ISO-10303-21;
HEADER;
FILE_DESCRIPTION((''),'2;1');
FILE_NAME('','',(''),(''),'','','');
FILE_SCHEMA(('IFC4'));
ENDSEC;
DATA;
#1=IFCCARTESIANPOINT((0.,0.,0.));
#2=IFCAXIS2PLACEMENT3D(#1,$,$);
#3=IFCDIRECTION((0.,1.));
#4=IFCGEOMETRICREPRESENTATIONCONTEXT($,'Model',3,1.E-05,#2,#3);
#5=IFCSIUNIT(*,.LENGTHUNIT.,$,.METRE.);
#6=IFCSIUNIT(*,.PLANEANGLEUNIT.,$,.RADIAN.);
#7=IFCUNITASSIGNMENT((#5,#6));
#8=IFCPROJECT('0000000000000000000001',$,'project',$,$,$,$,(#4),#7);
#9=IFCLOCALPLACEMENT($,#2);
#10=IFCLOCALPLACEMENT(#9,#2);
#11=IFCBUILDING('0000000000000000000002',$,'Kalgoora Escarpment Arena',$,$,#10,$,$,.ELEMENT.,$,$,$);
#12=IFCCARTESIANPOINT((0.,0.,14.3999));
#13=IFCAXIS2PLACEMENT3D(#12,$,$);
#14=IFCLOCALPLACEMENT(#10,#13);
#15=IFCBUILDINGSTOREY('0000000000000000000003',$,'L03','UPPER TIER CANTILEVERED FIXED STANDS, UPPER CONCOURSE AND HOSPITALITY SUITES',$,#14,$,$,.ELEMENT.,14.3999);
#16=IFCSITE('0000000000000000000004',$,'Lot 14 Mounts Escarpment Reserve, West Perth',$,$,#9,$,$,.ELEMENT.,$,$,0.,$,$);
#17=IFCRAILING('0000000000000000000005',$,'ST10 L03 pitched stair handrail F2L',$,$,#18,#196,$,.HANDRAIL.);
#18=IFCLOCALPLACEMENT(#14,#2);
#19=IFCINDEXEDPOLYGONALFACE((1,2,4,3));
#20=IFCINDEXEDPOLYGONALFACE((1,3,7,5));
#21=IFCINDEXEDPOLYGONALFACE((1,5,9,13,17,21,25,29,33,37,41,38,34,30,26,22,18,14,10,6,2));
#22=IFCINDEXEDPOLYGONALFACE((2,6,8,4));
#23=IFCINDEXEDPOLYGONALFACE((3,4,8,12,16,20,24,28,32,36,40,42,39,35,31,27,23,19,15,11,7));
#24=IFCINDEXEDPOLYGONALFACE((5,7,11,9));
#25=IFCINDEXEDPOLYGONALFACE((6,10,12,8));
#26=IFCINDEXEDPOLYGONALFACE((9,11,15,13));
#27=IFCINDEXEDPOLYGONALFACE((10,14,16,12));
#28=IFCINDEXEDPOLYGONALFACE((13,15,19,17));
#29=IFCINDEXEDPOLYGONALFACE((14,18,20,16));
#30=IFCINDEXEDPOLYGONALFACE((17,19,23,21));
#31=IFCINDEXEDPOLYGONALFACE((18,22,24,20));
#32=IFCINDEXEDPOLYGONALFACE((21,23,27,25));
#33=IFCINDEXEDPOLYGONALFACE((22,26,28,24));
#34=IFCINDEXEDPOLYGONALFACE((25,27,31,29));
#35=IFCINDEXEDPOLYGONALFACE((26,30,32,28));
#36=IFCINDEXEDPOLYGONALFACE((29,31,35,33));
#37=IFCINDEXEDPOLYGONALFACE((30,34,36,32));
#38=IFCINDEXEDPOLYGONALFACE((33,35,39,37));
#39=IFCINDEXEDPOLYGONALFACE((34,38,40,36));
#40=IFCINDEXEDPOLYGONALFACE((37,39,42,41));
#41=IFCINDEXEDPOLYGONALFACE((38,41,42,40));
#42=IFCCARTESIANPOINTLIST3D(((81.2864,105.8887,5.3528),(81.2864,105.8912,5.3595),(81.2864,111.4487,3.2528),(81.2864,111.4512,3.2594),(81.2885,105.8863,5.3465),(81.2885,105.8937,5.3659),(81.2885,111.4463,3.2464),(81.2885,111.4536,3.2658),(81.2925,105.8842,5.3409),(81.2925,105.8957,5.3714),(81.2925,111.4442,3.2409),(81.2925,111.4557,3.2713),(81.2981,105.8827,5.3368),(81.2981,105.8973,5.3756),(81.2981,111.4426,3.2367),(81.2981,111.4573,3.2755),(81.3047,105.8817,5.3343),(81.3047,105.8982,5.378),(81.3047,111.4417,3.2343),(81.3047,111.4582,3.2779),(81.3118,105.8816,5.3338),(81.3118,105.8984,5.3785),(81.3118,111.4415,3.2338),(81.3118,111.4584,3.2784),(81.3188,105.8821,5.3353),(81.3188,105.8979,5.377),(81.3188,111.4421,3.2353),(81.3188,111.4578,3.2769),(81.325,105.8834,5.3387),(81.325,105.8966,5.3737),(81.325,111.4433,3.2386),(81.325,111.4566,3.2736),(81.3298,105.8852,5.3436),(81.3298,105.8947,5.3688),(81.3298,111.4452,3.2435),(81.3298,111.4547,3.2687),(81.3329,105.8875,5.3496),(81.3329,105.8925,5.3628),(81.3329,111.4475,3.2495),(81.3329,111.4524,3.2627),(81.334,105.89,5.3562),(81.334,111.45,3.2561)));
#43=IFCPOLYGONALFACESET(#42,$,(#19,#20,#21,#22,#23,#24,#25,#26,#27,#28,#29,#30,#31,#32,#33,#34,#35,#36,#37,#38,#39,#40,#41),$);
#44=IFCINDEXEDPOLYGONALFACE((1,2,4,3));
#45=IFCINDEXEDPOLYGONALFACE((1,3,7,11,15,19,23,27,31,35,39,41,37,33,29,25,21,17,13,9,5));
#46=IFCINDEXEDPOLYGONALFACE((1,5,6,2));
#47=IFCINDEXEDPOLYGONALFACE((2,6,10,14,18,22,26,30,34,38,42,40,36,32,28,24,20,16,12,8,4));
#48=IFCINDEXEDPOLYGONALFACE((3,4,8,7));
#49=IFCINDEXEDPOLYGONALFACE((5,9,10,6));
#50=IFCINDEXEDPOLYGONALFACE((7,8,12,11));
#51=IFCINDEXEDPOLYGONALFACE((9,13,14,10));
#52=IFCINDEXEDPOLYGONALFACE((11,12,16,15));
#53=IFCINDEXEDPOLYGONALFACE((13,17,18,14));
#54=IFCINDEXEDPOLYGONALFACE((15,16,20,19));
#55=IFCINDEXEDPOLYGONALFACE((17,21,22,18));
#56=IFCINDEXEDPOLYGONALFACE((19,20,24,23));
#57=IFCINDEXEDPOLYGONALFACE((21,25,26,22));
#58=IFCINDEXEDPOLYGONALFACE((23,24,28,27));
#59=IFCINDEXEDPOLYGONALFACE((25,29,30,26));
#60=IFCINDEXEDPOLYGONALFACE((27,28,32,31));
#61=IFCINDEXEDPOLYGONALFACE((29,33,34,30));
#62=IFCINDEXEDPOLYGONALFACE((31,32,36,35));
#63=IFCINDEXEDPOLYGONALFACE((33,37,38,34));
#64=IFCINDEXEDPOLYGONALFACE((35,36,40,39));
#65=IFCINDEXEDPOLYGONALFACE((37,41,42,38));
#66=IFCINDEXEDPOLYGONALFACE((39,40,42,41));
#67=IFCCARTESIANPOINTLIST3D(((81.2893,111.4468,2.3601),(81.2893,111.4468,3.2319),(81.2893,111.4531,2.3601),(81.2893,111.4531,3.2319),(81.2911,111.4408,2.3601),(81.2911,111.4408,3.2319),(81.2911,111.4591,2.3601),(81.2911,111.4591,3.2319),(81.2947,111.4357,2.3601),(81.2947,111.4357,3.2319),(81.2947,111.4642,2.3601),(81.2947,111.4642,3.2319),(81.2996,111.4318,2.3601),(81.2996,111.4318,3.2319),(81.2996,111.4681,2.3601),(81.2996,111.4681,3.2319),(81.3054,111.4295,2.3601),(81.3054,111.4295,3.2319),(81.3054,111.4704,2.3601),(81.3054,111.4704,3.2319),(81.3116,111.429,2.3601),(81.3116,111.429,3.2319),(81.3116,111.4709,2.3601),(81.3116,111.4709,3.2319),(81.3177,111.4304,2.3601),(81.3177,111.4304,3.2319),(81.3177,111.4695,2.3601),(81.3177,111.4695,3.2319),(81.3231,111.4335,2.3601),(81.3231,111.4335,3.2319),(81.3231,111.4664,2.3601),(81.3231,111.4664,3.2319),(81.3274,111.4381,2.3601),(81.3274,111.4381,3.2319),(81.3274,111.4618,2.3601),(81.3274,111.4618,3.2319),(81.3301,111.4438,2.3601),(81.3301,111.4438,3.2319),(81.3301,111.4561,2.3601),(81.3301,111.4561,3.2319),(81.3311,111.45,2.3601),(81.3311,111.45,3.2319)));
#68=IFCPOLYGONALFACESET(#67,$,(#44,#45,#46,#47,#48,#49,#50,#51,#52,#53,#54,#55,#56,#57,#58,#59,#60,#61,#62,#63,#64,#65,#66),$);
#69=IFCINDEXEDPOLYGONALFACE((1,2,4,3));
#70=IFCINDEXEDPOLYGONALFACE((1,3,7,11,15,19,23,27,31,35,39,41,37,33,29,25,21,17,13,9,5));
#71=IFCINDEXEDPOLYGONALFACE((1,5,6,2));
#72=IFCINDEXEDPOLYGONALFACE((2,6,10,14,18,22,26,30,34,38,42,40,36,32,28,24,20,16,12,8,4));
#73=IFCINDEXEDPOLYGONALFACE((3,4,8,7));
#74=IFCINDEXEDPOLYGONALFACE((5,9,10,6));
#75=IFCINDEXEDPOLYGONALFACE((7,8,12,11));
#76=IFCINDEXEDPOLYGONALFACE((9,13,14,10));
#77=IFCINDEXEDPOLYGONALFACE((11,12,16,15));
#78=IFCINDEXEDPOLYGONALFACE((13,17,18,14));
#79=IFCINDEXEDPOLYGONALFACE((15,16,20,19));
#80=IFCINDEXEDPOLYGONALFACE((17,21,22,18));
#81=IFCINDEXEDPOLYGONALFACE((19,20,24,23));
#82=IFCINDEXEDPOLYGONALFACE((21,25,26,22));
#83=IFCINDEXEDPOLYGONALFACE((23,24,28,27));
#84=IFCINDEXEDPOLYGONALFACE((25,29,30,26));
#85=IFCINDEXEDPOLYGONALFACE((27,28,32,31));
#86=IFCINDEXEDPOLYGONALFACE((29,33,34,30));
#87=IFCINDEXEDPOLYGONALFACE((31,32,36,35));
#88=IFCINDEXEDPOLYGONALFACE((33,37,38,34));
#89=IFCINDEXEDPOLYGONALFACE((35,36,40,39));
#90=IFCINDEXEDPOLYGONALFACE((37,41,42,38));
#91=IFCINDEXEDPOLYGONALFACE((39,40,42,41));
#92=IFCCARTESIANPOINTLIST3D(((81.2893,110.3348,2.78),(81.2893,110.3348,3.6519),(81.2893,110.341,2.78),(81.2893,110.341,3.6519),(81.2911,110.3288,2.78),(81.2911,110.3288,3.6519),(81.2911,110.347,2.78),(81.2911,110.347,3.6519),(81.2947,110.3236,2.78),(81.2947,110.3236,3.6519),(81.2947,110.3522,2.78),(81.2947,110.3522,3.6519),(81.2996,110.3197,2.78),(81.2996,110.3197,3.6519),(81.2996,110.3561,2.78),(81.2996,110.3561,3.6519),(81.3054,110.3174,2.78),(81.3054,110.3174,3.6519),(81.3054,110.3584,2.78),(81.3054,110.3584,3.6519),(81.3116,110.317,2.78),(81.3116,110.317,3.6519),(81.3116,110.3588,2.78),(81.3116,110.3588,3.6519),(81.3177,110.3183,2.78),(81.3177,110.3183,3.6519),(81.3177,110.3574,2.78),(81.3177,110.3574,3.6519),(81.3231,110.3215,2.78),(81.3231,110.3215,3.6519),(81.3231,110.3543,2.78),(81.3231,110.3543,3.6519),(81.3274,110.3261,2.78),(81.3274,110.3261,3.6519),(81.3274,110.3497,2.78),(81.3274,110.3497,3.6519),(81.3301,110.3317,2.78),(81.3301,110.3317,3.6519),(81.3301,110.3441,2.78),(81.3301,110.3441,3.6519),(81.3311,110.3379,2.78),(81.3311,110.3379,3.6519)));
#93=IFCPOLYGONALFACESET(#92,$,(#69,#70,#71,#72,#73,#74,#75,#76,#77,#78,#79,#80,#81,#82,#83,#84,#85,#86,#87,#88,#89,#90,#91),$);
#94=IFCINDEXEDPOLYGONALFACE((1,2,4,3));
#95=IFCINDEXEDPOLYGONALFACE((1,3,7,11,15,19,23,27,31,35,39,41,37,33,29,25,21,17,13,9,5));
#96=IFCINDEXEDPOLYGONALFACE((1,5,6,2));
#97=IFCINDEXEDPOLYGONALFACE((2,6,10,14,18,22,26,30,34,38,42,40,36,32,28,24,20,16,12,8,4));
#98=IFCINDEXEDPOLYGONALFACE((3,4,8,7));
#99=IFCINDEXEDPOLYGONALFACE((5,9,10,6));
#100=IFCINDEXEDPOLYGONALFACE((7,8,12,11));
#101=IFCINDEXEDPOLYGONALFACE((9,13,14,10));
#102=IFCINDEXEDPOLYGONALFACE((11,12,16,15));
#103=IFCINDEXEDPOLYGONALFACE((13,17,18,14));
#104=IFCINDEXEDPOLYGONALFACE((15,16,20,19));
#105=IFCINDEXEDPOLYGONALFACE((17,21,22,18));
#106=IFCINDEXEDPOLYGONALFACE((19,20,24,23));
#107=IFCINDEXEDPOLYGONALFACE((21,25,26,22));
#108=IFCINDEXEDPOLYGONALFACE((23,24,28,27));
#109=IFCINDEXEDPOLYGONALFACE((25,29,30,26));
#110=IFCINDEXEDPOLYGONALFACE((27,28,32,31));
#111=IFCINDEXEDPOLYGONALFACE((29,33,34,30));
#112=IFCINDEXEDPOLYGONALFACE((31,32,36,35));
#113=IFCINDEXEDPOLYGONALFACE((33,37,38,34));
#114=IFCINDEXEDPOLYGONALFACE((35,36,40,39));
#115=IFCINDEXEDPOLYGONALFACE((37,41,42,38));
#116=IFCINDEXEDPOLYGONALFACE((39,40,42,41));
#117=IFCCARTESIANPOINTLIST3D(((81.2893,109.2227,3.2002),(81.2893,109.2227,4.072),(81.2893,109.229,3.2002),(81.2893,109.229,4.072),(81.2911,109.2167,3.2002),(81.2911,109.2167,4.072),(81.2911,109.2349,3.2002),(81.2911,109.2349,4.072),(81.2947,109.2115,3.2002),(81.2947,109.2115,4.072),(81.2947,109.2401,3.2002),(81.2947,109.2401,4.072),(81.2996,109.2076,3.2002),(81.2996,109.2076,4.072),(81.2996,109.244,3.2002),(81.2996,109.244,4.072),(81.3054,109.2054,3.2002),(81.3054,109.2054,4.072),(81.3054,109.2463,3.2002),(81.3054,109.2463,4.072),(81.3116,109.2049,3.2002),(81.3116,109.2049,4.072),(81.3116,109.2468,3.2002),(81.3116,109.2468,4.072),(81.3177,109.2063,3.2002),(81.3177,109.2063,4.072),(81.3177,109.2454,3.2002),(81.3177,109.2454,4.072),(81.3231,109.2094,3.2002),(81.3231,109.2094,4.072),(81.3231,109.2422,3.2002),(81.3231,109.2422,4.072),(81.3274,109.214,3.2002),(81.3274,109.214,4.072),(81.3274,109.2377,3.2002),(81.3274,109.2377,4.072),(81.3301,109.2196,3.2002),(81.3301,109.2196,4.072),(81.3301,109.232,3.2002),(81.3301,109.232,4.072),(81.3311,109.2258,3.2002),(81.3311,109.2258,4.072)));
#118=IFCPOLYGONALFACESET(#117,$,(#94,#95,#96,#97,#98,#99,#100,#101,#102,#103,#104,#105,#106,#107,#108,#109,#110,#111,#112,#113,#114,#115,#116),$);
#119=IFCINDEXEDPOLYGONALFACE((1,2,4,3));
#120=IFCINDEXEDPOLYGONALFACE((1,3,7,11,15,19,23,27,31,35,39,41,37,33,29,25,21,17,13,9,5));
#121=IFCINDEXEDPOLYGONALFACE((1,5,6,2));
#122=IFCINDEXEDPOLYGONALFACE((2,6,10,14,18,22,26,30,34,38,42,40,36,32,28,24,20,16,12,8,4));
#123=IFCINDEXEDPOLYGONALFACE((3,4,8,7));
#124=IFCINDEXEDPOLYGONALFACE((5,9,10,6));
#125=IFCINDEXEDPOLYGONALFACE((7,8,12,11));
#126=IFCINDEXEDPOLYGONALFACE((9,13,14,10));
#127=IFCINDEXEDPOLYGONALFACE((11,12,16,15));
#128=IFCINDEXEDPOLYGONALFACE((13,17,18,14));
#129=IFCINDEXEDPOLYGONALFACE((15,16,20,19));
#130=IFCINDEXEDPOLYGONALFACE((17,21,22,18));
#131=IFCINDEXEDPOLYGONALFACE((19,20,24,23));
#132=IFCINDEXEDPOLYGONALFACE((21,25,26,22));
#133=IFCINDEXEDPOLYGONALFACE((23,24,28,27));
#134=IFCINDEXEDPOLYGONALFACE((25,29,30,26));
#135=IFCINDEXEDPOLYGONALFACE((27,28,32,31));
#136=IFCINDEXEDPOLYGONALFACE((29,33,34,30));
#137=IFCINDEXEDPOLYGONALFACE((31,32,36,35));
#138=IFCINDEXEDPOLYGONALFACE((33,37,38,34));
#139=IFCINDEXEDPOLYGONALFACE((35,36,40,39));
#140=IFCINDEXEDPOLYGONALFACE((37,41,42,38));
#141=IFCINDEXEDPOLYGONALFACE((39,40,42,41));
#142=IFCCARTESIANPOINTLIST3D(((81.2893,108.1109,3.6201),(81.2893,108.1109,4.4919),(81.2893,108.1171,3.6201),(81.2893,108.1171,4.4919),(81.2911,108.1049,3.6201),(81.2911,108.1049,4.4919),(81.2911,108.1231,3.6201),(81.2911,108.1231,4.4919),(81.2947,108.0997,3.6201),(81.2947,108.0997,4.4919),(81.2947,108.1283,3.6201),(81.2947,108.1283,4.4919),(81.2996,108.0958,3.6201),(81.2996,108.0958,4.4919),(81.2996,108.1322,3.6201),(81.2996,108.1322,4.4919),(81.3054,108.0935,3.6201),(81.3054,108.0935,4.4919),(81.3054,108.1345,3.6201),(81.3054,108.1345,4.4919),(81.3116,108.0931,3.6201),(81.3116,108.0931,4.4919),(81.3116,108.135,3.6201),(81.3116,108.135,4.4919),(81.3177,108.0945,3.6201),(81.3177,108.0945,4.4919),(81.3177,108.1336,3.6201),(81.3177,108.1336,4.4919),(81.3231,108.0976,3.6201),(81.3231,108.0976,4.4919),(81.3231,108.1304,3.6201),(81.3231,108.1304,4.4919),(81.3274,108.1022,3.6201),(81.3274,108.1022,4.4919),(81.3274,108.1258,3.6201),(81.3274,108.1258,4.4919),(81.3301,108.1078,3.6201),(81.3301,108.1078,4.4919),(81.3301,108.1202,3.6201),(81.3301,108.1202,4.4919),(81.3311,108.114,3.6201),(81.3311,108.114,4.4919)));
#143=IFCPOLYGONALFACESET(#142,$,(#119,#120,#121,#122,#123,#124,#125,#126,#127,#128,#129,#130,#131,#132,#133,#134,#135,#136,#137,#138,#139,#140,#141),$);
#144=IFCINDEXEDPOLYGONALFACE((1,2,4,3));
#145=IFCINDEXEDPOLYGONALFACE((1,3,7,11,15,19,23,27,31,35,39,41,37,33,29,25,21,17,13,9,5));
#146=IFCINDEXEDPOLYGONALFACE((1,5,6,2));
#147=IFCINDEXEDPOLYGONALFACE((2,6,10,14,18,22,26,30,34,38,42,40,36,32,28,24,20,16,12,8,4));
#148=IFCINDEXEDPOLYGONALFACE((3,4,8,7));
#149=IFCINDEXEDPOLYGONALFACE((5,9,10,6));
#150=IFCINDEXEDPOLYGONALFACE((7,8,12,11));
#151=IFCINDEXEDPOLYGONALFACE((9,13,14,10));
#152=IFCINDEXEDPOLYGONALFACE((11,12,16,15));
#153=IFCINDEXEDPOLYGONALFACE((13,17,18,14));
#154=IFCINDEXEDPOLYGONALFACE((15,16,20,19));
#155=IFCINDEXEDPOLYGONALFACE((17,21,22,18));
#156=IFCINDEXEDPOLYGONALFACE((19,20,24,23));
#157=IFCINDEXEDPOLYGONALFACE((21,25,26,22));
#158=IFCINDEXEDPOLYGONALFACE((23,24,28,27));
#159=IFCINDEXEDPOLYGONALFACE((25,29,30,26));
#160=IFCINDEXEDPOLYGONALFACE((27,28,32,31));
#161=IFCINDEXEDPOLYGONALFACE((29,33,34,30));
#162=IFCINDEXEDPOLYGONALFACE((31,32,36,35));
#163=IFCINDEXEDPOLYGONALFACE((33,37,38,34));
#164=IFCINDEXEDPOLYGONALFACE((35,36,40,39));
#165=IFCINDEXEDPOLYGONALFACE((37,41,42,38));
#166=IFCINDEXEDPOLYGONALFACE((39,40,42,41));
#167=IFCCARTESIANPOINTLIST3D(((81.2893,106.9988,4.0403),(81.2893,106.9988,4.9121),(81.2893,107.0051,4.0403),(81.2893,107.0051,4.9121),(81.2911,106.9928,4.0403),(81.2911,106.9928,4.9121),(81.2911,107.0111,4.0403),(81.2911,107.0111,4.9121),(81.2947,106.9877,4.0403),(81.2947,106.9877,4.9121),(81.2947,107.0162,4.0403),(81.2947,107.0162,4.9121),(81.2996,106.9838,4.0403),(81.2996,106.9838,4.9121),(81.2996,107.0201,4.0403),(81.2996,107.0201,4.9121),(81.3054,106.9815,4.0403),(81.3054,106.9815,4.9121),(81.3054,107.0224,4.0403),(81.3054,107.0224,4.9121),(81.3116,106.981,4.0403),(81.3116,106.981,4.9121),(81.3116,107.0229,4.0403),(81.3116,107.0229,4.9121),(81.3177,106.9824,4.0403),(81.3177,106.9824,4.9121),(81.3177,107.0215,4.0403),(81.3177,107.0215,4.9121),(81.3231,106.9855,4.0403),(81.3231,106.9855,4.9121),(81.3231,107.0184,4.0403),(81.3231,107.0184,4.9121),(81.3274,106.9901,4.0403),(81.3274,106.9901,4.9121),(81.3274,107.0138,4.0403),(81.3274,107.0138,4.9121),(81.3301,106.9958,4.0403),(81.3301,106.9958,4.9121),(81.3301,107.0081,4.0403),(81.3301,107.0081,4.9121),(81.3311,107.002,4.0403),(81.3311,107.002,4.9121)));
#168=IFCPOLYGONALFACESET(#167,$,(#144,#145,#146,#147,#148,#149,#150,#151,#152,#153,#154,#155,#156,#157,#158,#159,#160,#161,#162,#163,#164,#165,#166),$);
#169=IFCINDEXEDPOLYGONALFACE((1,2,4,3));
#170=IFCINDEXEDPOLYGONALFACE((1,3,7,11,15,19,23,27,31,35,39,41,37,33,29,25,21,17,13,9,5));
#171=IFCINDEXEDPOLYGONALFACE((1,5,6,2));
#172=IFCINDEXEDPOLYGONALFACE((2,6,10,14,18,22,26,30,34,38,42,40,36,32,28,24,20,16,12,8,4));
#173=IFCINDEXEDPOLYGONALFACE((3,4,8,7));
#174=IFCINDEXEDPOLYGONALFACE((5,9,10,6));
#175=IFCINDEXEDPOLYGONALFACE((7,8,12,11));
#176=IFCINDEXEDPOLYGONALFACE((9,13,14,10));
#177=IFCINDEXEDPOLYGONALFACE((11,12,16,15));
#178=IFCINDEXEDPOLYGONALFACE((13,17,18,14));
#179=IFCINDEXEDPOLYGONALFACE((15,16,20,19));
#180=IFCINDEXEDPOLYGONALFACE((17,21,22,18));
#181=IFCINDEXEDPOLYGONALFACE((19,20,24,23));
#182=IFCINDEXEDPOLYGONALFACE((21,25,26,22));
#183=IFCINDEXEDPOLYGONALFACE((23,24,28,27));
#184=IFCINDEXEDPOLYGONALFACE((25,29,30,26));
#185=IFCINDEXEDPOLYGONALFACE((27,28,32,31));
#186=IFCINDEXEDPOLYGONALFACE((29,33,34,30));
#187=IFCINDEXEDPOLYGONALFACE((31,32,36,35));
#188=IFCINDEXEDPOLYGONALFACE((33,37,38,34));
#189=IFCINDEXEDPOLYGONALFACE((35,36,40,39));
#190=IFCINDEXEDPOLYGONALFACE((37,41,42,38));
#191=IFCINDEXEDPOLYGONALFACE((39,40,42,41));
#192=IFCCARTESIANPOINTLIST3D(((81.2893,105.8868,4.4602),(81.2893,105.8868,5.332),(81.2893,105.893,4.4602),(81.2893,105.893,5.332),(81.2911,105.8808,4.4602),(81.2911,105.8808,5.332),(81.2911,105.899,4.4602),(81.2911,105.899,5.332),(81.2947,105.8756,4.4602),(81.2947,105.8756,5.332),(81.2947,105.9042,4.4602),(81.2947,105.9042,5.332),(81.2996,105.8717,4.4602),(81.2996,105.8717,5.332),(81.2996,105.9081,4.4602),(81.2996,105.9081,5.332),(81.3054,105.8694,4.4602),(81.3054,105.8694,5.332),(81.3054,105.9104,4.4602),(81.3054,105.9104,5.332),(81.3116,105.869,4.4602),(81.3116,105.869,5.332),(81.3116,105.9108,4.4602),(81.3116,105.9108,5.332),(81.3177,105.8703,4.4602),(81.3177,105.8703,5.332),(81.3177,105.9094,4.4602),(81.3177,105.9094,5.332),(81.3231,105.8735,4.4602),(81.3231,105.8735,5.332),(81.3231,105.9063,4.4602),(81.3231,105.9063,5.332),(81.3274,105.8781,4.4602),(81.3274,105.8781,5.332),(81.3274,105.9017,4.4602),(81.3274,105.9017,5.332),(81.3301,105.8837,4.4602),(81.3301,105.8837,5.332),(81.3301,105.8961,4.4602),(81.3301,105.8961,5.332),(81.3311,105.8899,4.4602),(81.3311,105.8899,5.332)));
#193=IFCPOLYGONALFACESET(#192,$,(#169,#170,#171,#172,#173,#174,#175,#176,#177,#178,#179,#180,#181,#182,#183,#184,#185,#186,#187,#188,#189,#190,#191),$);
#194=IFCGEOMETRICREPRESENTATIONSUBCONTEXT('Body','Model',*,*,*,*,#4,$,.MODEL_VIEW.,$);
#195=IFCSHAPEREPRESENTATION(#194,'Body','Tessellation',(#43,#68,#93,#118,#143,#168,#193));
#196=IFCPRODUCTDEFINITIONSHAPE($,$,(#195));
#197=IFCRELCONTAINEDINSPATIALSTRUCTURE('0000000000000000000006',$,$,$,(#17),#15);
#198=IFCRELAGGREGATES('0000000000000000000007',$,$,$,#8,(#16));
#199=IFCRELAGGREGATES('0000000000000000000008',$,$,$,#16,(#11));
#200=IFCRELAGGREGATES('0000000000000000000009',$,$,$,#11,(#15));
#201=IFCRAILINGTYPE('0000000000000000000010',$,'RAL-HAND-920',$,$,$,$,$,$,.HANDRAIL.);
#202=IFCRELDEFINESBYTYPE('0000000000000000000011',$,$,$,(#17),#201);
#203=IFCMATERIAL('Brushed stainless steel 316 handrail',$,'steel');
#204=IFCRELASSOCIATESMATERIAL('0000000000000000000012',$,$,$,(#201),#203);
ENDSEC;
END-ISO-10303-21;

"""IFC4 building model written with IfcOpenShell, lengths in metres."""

from ifc_helpers import new_model, si_unit, direction, frame, origin, origin_2d, place, context, subcontext, project, spatial, circle, extrude, material, type_object, element, save


model = new_model("IFC4")

# Units and contexts
model_context = context("Model", 3, precision=1e-05, world=origin(), true_north=direction((0.0, 1.0)))
body_context = subcontext(model_context, "Body", "Model", "MODEL_VIEW")
ifc_project = project(units=[si_unit("LENGTHUNIT", "METRE"), si_unit("PLANEANGLEUNIT", "RADIAN")], contexts=[model_context])

# Site, building, storey
site_placement = place(None, origin())
site = spatial("IfcSite", under=ifc_project, at=site_placement, Name="Lot 14 Mounts Escarpment Reserve, West Perth", CompositionType="ELEMENT", RefElevation=0.0)
building_placement = place(site_placement, origin())
building = spatial("IfcBuilding", under=site, at=building_placement, Name="Kalgoora Escarpment Arena", CompositionType="ELEMENT")
storey_placement = place(building_placement, frame((0.0, 0.0, 14.3999)))
storey = spatial("IfcBuildingStorey", under=building, at=storey_placement, Name="L03", Description="UPPER TIER CANTILEVERED FIXED STANDS, UPPER CONCOURSE AND HOSPITALITY SUITES", CompositionType="ELEMENT", Elevation=14.3999)

# Railing
ifc_material_1 = material(Name="Brushed stainless steel 316 handrail", Category="steel")
railing_type_1 = type_object("IfcRailingType", Name="RAL-HAND-920", PredefinedType="HANDRAIL", material=ifc_material_1)
for number, where, name in (
    (1, (81.3101, 111.45, 2.3601), "ST10 L03 pitched stair handrail F2L"),
):
    element("IfcRailing", number, at=place(storey_placement, frame(where)), inside=storey, type_object=railing_type_1, Name=name, PredefinedType="HANDRAIL", context=body_context, shape_type="SweptSolid", body=[
        extrude(circle(Radius=0.0239, at=origin_2d()), frame((0.0, 0.0, 0.896), z_axis=(0.0, -0.935493, 0.353346), x_axis=(1.0, 0.0, 0.0)), (0.0, 0.0, 1.0), 5.9434),
        extrude(circle(Radius=0.021, at=origin_2d()), origin(), (0.0, 0.0, 1.0), 0.8718),
        extrude(circle(Radius=0.021, at=origin_2d()), frame((0.0, -1.1121, 0.4199)), (0.0, 0.0, 1.0), 0.8718),
        extrude(circle(Radius=0.021, at=origin_2d()), frame((0.0, -2.2241, 0.8401)), (0.0, 0.0, 1.0), 0.8718),
        extrude(circle(Radius=0.021, at=origin_2d()), frame((0.0, -3.3359, 1.26)), (0.0, 0.0, 1.0), 0.8718),
        extrude(circle(Radius=0.021, at=origin_2d()), frame((0.0, -4.448, 1.6802)), (0.0, 0.0, 1.0), 0.8718),
        extrude(circle(Radius=0.021, at=origin_2d()), frame((0.0, -5.5601, 2.1001)), (0.0, 0.0, 1.0), 0.8718),
    ])

save(model, "model.ifc")
